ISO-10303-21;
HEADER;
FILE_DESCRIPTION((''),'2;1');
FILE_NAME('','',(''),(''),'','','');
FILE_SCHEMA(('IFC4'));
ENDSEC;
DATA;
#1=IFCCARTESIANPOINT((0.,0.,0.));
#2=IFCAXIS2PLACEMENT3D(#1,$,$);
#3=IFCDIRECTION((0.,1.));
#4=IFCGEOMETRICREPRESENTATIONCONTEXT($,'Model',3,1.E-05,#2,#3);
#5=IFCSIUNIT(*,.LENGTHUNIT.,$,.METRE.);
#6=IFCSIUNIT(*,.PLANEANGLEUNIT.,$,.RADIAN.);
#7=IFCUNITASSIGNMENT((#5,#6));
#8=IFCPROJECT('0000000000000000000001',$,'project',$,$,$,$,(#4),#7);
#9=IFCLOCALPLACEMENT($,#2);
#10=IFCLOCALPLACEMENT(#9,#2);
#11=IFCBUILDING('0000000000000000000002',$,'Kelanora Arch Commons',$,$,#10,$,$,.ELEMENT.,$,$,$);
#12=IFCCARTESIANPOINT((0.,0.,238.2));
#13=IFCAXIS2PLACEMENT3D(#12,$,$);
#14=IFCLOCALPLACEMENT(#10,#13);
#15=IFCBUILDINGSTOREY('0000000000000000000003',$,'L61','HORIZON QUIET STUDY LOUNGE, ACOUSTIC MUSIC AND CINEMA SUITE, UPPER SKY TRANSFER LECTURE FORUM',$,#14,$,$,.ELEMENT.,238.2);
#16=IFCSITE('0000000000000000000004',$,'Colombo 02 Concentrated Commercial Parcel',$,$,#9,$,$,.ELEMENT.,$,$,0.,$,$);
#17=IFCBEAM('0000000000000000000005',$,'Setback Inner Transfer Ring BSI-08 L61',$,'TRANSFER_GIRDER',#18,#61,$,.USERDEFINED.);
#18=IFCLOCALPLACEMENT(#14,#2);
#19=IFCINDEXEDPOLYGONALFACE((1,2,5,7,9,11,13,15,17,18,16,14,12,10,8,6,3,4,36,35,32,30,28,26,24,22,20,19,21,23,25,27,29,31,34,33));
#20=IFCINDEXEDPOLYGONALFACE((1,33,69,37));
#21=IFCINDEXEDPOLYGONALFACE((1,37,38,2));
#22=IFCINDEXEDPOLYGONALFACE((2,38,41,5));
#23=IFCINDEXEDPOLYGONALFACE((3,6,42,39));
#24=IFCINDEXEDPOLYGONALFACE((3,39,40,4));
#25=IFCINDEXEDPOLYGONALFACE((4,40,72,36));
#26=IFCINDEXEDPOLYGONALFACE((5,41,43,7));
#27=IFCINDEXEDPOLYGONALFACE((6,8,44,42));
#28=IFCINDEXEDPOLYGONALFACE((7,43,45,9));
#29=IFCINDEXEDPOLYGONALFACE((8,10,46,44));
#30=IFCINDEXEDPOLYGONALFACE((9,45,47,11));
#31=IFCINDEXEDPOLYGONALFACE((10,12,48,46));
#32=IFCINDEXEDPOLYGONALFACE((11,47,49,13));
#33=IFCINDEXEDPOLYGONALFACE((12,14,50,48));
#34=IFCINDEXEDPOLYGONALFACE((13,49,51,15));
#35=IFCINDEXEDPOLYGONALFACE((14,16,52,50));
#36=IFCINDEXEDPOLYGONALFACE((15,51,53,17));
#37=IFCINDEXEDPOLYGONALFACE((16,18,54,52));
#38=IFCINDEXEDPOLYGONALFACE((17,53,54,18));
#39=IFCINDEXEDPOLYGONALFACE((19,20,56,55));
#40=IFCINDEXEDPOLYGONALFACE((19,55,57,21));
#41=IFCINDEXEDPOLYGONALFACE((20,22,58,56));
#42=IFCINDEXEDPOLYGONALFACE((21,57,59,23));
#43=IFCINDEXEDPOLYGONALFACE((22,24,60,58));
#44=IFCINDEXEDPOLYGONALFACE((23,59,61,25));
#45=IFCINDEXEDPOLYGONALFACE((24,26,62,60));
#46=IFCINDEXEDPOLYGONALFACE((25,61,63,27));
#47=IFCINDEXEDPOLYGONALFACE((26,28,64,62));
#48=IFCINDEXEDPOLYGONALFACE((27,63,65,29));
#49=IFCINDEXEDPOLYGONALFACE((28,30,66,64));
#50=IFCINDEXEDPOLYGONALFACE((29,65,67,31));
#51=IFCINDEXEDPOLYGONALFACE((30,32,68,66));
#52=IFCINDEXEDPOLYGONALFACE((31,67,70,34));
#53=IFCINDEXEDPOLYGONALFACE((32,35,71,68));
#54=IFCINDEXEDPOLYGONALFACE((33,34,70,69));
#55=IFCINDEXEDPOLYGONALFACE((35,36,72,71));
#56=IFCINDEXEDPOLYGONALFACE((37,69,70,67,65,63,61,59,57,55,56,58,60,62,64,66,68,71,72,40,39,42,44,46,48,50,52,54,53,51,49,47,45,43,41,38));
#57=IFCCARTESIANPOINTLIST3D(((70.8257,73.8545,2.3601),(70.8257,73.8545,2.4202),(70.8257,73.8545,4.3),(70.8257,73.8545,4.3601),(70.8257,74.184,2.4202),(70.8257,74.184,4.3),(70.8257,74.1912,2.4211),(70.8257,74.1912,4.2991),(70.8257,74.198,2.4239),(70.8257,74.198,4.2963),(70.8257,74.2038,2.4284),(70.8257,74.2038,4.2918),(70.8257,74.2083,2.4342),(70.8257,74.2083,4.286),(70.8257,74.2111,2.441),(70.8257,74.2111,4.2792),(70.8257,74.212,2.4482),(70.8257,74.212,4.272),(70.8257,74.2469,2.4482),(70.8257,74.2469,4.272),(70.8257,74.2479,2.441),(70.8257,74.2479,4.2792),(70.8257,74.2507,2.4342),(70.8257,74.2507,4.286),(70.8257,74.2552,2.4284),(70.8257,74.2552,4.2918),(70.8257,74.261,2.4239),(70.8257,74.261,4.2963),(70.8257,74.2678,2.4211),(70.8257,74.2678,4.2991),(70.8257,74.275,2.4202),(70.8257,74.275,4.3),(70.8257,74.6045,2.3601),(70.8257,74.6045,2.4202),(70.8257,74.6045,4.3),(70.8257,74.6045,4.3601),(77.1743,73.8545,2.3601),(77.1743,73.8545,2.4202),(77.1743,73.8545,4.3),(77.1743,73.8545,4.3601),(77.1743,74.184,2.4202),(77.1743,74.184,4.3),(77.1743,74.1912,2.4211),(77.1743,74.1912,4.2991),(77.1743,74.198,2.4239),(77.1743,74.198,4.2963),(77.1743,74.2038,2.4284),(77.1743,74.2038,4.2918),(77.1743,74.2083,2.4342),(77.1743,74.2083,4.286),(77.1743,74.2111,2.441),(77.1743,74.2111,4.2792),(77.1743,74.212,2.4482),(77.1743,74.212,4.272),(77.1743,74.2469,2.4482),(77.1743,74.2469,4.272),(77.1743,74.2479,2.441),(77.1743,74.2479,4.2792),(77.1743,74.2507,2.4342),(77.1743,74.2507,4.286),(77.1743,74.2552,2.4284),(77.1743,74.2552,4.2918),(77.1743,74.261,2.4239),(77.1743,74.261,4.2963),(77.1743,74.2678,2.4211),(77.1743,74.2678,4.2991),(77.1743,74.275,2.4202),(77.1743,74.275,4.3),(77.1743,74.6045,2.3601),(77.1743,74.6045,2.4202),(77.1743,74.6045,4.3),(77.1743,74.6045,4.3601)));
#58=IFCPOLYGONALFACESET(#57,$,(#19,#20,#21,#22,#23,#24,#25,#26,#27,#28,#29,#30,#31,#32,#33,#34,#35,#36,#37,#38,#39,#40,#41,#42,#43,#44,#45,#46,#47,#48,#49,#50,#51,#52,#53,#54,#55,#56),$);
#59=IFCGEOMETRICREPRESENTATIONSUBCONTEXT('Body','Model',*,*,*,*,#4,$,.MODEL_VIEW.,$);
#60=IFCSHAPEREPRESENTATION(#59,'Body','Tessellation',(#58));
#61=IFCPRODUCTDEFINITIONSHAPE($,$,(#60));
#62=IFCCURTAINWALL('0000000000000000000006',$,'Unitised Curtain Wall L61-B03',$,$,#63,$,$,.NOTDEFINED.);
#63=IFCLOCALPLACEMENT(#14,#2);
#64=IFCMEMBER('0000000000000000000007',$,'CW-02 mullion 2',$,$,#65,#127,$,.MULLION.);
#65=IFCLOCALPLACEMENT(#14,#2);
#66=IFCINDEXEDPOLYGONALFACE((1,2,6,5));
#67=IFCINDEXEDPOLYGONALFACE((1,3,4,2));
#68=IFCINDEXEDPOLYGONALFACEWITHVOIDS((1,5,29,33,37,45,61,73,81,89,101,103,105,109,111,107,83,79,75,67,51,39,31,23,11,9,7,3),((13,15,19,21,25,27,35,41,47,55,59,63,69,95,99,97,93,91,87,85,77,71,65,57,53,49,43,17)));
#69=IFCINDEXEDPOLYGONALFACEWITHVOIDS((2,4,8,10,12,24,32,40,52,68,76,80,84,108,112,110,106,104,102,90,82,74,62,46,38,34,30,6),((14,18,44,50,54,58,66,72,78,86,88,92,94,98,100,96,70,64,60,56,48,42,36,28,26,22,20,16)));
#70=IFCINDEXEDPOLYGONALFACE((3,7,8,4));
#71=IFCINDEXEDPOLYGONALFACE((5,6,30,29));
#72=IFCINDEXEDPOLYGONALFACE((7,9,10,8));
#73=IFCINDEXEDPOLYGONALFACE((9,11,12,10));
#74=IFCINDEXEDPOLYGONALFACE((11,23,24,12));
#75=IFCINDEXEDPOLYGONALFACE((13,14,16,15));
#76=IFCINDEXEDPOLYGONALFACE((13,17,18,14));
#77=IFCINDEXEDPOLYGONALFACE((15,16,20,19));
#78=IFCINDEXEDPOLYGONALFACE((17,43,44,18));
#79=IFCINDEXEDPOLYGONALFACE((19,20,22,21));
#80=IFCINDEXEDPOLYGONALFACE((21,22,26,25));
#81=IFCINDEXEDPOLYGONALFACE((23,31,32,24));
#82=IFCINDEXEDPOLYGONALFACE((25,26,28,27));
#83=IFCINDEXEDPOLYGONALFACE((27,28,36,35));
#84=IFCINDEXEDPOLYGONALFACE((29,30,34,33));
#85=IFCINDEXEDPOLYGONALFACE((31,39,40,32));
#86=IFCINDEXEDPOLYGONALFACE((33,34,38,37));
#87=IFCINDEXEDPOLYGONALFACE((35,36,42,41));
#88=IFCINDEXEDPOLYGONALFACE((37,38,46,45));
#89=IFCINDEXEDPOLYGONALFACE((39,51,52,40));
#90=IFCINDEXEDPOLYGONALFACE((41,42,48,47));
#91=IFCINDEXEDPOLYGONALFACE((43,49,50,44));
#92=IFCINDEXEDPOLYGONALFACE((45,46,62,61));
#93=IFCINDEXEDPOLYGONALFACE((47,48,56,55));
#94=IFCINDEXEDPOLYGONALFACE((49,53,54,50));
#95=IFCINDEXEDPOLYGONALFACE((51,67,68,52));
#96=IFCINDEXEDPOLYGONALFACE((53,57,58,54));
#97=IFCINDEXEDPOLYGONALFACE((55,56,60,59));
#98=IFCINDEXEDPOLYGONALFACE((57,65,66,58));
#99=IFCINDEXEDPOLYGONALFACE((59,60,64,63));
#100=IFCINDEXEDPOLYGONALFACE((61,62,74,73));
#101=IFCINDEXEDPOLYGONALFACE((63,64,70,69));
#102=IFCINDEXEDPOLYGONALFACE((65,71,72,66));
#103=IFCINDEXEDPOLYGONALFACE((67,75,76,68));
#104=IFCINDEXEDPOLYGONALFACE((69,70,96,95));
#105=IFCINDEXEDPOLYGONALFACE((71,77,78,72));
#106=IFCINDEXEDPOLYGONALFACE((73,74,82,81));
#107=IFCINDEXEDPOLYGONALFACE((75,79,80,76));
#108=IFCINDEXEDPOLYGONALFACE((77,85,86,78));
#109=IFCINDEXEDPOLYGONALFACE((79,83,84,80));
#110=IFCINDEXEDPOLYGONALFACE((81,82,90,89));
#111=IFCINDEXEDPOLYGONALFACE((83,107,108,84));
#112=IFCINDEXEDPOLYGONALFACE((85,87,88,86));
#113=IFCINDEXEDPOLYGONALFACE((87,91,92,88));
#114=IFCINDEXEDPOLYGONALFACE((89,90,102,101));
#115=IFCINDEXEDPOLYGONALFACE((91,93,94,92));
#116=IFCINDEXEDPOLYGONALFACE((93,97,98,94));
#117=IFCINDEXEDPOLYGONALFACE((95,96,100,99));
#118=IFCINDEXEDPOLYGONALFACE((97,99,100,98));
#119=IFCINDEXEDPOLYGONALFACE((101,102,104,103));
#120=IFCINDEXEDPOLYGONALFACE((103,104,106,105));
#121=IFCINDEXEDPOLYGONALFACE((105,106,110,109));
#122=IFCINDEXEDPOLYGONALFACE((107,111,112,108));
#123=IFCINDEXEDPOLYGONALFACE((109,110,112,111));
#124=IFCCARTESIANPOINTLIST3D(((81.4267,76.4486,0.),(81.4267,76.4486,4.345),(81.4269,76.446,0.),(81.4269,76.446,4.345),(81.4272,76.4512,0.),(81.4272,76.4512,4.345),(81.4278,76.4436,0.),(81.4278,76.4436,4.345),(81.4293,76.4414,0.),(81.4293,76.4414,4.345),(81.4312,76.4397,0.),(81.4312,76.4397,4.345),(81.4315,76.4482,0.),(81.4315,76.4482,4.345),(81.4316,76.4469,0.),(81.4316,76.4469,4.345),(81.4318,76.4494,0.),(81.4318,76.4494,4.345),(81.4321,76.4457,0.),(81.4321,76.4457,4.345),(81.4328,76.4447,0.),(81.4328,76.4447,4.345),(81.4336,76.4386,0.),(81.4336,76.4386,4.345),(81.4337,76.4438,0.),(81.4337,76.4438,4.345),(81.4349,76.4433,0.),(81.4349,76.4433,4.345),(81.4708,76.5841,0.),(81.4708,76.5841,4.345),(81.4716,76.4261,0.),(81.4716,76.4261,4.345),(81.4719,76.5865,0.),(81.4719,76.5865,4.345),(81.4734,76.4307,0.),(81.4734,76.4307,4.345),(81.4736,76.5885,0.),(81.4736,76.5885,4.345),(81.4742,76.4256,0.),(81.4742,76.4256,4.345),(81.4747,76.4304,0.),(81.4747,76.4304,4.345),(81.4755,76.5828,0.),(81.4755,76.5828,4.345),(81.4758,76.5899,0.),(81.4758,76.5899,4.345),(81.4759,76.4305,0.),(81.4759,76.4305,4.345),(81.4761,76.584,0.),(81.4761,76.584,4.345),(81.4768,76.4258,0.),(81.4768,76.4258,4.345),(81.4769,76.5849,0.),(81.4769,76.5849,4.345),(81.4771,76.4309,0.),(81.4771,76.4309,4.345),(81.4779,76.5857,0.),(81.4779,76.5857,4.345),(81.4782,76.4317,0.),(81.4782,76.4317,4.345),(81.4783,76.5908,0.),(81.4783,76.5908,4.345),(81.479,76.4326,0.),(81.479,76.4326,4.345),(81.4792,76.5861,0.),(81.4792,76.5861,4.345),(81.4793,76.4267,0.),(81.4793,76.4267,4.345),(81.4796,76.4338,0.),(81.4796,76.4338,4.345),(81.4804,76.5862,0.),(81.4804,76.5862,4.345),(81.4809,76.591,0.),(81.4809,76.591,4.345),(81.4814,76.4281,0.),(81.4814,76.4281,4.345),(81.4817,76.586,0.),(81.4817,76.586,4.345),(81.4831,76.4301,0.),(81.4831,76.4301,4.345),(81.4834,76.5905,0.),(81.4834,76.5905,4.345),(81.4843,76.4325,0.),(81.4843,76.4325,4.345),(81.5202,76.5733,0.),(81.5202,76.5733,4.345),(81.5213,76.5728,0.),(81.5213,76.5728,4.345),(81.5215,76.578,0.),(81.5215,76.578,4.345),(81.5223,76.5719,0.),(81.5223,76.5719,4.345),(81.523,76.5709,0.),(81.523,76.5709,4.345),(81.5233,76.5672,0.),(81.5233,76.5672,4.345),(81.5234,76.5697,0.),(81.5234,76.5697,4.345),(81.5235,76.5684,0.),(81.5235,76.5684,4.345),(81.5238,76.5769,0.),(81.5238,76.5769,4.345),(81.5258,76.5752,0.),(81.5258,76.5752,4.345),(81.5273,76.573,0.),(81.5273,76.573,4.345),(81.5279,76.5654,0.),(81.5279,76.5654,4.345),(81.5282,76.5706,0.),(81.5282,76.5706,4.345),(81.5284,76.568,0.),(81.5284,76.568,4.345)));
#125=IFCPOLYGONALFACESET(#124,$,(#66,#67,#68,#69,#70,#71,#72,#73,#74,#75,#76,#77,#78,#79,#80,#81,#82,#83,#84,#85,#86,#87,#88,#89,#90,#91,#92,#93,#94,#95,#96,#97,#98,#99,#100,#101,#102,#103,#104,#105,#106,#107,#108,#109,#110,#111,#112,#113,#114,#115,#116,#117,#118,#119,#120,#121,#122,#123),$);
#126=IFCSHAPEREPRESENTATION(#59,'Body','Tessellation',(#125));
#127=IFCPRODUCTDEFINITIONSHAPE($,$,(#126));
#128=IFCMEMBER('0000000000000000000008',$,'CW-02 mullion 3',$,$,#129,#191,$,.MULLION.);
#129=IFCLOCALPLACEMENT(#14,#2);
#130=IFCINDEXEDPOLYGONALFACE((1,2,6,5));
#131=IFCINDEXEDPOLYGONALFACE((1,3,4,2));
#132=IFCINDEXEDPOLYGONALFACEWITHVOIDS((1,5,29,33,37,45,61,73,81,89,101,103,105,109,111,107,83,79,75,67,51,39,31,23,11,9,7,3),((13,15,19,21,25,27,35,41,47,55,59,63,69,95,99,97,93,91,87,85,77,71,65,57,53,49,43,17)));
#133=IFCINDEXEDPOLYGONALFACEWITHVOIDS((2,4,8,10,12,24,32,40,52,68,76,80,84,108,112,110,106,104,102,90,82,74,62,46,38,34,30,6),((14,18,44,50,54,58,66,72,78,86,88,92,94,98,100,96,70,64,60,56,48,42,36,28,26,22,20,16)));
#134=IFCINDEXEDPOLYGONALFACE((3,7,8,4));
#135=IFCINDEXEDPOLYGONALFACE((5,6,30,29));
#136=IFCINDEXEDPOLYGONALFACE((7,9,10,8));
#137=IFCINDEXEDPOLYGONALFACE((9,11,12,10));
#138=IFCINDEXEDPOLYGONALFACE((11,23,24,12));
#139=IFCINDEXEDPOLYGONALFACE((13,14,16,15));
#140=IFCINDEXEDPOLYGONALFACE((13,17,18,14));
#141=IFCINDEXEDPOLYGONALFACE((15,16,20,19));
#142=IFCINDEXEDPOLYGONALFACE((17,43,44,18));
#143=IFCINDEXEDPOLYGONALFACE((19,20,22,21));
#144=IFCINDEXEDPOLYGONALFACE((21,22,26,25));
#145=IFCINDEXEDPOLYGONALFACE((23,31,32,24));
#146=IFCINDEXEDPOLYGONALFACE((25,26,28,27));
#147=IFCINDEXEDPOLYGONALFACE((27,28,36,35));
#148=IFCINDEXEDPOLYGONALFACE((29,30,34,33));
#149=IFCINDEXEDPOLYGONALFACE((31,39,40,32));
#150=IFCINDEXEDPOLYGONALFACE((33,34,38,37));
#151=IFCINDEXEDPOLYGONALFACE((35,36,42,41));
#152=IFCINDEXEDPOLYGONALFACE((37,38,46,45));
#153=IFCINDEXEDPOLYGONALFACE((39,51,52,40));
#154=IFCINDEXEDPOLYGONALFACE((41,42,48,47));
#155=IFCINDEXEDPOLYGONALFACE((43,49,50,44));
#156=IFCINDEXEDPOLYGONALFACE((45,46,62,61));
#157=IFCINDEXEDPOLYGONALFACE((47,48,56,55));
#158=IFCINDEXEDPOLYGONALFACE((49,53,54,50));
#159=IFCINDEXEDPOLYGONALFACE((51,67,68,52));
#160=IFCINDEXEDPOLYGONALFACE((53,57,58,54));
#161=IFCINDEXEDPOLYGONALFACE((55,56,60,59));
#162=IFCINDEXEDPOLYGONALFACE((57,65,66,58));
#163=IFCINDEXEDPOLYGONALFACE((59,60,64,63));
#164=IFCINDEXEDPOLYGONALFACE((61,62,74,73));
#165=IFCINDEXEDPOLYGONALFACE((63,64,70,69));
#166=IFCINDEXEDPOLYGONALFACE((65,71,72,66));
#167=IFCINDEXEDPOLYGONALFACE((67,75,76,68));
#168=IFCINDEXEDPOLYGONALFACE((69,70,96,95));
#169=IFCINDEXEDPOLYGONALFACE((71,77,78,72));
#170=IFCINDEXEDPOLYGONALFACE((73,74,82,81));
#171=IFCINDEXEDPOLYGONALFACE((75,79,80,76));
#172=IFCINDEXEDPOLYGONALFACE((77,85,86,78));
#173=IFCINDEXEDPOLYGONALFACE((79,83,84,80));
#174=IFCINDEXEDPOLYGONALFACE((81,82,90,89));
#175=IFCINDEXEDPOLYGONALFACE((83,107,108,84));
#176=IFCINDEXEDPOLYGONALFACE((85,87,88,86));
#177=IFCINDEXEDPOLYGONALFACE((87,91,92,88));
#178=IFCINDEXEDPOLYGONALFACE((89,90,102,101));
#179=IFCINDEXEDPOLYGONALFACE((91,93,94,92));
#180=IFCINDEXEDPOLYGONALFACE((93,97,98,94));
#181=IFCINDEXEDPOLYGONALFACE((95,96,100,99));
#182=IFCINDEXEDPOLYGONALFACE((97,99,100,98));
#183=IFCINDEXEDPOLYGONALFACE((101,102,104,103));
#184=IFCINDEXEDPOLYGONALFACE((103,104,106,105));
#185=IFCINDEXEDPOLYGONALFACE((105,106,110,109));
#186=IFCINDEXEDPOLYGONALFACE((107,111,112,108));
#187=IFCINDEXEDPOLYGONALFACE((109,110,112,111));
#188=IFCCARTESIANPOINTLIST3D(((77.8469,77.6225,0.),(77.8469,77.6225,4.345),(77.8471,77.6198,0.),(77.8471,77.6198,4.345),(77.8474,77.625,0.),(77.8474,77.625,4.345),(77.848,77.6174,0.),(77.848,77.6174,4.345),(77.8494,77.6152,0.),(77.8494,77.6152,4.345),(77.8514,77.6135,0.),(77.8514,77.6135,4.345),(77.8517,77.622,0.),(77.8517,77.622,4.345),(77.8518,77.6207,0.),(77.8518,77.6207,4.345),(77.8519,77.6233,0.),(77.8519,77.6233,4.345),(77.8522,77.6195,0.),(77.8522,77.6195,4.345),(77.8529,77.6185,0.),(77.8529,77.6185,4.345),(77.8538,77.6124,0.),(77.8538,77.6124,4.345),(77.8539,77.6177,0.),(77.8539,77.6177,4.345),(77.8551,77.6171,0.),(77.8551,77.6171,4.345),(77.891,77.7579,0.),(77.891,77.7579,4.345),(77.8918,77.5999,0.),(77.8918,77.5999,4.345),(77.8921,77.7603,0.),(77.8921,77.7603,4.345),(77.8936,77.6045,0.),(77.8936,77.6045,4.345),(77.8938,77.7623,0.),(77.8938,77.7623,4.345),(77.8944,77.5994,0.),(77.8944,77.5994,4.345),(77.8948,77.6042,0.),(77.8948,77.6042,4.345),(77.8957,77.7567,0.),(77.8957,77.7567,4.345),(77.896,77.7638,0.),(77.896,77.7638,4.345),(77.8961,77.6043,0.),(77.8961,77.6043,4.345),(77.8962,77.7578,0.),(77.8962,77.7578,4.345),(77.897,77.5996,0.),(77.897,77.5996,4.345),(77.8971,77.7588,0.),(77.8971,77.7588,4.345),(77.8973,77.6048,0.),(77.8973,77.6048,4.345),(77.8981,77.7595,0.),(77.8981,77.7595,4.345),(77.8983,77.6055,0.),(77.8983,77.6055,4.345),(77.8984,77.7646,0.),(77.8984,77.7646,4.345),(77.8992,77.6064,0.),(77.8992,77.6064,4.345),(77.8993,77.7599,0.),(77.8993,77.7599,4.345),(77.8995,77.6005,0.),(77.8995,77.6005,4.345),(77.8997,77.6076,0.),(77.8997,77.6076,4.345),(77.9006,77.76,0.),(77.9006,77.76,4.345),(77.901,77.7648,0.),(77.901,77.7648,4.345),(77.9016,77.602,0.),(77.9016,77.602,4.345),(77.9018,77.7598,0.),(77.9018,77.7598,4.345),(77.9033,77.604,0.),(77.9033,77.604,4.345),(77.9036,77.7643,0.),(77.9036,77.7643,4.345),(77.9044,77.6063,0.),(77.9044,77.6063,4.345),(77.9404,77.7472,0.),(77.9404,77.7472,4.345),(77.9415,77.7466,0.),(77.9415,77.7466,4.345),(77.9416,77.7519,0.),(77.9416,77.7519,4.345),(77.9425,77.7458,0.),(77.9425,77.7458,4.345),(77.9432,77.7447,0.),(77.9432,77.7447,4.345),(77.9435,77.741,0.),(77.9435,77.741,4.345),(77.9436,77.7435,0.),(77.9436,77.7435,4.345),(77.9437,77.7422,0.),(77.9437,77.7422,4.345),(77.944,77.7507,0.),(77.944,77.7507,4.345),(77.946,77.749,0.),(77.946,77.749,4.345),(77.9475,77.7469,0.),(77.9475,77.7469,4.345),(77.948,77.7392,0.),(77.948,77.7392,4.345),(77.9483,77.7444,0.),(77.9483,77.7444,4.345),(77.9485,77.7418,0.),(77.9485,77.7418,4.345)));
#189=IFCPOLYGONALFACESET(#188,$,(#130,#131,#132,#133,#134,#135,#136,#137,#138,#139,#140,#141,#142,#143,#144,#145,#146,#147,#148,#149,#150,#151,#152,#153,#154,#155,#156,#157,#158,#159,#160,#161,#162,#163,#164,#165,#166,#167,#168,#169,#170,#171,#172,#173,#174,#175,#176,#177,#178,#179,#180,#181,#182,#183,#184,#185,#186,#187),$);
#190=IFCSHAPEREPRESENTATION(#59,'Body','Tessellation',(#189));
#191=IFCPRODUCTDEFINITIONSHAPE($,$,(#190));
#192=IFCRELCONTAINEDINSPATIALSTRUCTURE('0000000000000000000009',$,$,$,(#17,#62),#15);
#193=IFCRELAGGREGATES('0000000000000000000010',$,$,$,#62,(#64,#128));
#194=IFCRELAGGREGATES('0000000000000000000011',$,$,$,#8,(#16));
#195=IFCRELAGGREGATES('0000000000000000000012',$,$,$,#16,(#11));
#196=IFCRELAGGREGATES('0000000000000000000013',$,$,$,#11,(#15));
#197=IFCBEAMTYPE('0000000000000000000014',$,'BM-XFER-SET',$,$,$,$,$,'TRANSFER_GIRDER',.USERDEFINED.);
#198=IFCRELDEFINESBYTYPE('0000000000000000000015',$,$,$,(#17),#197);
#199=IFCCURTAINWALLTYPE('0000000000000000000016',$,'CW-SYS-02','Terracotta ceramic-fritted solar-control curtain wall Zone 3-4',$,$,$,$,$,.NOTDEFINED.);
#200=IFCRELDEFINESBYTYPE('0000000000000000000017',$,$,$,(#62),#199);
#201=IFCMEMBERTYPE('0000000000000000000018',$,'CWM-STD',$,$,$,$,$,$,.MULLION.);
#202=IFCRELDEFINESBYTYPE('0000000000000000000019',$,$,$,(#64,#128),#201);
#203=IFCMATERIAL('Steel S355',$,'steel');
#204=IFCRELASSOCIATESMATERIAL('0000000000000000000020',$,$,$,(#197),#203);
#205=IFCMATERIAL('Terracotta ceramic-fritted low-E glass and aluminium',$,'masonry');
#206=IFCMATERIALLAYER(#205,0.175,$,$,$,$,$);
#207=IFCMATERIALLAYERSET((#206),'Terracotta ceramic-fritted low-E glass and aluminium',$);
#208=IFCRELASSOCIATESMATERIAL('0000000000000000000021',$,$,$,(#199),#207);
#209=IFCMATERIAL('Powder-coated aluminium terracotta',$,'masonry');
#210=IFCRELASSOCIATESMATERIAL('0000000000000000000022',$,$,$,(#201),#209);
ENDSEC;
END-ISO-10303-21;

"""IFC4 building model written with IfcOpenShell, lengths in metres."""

from ifc_helpers import new_model, si_unit, direction, frame, origin, origin_2d, place, context, subcontext, project, spatial, hollow_rectangle, i_section, extrude, material, layer, layer_set, material_profile, profile_set, type_object, element, aggregate, save


model = new_model("IFC4")

# Units and contexts
model_context = context("Model", 3, precision=1e-05, world=origin(), true_north=direction((0.0, 1.0)))
body_context = subcontext(model_context, "Body", "Model", "MODEL_VIEW")
ifc_project = project(units=[si_unit("LENGTHUNIT", "METRE"), si_unit("PLANEANGLEUNIT", "RADIAN")], contexts=[model_context])

# Site, building, storey
site_placement = place(None, origin())
site = spatial("IfcSite", under=ifc_project, at=site_placement, Name="Colombo 02 Concentrated Commercial Parcel", CompositionType="ELEMENT", RefElevation=0.0)
building_placement = place(site_placement, origin())
building = spatial("IfcBuilding", under=site, at=building_placement, Name="Kelanora Arch Commons", CompositionType="ELEMENT")
storey_placement = place(building_placement, frame((0.0, 0.0, 238.2)))
storey = spatial("IfcBuildingStorey", under=building, at=storey_placement, Name="L61", Description="HORIZON QUIET STUDY LOUNGE, ACOUSTIC MUSIC AND CINEMA SUITE, UPPER SKY TRANSFER LECTURE FORUM", CompositionType="ELEMENT", Elevation=238.2)

# Beam
ifc_material_1 = material(Name="Steel S355", Category="steel")
ifc_material_profile_1 = material_profile(ifc_material_1, i_section(OverallWidth=0.75, OverallDepth=2.0, WebThickness=0.0349, FlangeThickness=0.0601, FilletRadius=0.0281, at=origin_2d()), Name="PG2000x750")
ifc_profile_set_1 = profile_set([ifc_material_profile_1], Name="Steel S355")
beam_type_1 = type_object("IfcBeamType", Name="BM-XFER-SET", ElementType="TRANSFER_GIRDER", PredefinedType="USERDEFINED", material=ifc_profile_set_1)
beam_1_placement = place(storey_placement, frame((77.1743, 74.2295, 3.3601), z_axis=(-1.0, 0.0, 0.0), x_axis=(0.0, -1.0, 0.0)))
element("IfcBeam", 1, at=beam_1_placement, inside=storey, type_object=beam_type_1, Name="Setback Inner Transfer Ring BSI-08 L61", ObjectType="TRANSFER_GIRDER", PredefinedType="USERDEFINED", context=body_context, shape_type="SweptSolid", body=[
    extrude(i_section(OverallWidth=0.75, OverallDepth=2.0, WebThickness=0.0349, FlangeThickness=0.0601, FilletRadius=0.0281, at=origin_2d()), origin(), (0.0, 0.0, 1.0), 6.3486),
])

# Curtain wall, members
ifc_material_2 = material(Name="Terracotta ceramic-fritted low-E glass and aluminium", Category="masonry")
ifc_layer_1 = layer(ifc_material_2, 0.175)
ifc_layer_set_1 = layer_set([ifc_layer_1], Name="Terracotta ceramic-fritted low-E glass and aluminium")
curtain_wall_type = type_object("IfcCurtainWallType", Name="CW-SYS-02", Description="Terracotta ceramic-fritted solar-control curtain wall Zone 3-4", PredefinedType="NOTDEFINED", material=ifc_layer_set_1)
curtain_wall_placement = place(storey_placement, origin())
curtain_wall = element("IfcCurtainWall", 2, at=curtain_wall_placement, inside=storey, type_object=curtain_wall_type, Name="Unitised Curtain Wall L61-B03", PredefinedType="NOTDEFINED")
ifc_material_3 = material(Name="Powder-coated aluminium terracotta", Category="masonry")
ifc_material_profile_2 = material_profile(ifc_material_3, hollow_rectangle(XDim=0.1599, YDim=0.0601, WallThickness=0.0049, InnerFilletRadius=0.0049, OuterFilletRadius=0.01, at=origin_2d()), Name="CWM160x60")
ifc_profile_set_2 = profile_set([ifc_material_profile_2], Name="Powder-coated aluminium terracotta")
member_type_1 = type_object("IfcMemberType", Name="CWM-STD", PredefinedType="MULLION", material=ifc_profile_set_2)
member_1_placement = place(storey_placement, frame((81.4775, 76.5083, 0.0), z_axis=(0.0, 0.0, 1.0), x_axis=(-0.311582, -0.950219, 0.0)))
member_1 = element("IfcMember", 3, at=member_1_placement, type_object=member_type_1, Name="CW-02 mullion 2", PredefinedType="MULLION", context=body_context, shape_type="SweptSolid", body=[
    extrude(hollow_rectangle(XDim=0.1599, YDim=0.0601, WallThickness=0.0049, InnerFilletRadius=0.0049, OuterFilletRadius=0.01, at=origin_2d()), origin(), (0.0, 0.0, 1.0), 4.345),
])
member_2_placement = place(storey_placement, frame((77.8977, 77.6821, 0.0), z_axis=(0.0, 0.0, 1.0), x_axis=(-0.311582, -0.950219, 0.0)))
member_2 = element("IfcMember", 4, at=member_2_placement, type_object=member_type_1, Name="CW-02 mullion 3", PredefinedType="MULLION", context=body_context, shape_type="SweptSolid", body=[
    extrude(hollow_rectangle(XDim=0.1599, YDim=0.0601, WallThickness=0.0049, InnerFilletRadius=0.0049, OuterFilletRadius=0.01, at=origin_2d()), origin(), (0.0, 0.0, 1.0), 4.345),
])
aggregate(curtain_wall, [member_1, member_2])

save(model, "model.ifc")
